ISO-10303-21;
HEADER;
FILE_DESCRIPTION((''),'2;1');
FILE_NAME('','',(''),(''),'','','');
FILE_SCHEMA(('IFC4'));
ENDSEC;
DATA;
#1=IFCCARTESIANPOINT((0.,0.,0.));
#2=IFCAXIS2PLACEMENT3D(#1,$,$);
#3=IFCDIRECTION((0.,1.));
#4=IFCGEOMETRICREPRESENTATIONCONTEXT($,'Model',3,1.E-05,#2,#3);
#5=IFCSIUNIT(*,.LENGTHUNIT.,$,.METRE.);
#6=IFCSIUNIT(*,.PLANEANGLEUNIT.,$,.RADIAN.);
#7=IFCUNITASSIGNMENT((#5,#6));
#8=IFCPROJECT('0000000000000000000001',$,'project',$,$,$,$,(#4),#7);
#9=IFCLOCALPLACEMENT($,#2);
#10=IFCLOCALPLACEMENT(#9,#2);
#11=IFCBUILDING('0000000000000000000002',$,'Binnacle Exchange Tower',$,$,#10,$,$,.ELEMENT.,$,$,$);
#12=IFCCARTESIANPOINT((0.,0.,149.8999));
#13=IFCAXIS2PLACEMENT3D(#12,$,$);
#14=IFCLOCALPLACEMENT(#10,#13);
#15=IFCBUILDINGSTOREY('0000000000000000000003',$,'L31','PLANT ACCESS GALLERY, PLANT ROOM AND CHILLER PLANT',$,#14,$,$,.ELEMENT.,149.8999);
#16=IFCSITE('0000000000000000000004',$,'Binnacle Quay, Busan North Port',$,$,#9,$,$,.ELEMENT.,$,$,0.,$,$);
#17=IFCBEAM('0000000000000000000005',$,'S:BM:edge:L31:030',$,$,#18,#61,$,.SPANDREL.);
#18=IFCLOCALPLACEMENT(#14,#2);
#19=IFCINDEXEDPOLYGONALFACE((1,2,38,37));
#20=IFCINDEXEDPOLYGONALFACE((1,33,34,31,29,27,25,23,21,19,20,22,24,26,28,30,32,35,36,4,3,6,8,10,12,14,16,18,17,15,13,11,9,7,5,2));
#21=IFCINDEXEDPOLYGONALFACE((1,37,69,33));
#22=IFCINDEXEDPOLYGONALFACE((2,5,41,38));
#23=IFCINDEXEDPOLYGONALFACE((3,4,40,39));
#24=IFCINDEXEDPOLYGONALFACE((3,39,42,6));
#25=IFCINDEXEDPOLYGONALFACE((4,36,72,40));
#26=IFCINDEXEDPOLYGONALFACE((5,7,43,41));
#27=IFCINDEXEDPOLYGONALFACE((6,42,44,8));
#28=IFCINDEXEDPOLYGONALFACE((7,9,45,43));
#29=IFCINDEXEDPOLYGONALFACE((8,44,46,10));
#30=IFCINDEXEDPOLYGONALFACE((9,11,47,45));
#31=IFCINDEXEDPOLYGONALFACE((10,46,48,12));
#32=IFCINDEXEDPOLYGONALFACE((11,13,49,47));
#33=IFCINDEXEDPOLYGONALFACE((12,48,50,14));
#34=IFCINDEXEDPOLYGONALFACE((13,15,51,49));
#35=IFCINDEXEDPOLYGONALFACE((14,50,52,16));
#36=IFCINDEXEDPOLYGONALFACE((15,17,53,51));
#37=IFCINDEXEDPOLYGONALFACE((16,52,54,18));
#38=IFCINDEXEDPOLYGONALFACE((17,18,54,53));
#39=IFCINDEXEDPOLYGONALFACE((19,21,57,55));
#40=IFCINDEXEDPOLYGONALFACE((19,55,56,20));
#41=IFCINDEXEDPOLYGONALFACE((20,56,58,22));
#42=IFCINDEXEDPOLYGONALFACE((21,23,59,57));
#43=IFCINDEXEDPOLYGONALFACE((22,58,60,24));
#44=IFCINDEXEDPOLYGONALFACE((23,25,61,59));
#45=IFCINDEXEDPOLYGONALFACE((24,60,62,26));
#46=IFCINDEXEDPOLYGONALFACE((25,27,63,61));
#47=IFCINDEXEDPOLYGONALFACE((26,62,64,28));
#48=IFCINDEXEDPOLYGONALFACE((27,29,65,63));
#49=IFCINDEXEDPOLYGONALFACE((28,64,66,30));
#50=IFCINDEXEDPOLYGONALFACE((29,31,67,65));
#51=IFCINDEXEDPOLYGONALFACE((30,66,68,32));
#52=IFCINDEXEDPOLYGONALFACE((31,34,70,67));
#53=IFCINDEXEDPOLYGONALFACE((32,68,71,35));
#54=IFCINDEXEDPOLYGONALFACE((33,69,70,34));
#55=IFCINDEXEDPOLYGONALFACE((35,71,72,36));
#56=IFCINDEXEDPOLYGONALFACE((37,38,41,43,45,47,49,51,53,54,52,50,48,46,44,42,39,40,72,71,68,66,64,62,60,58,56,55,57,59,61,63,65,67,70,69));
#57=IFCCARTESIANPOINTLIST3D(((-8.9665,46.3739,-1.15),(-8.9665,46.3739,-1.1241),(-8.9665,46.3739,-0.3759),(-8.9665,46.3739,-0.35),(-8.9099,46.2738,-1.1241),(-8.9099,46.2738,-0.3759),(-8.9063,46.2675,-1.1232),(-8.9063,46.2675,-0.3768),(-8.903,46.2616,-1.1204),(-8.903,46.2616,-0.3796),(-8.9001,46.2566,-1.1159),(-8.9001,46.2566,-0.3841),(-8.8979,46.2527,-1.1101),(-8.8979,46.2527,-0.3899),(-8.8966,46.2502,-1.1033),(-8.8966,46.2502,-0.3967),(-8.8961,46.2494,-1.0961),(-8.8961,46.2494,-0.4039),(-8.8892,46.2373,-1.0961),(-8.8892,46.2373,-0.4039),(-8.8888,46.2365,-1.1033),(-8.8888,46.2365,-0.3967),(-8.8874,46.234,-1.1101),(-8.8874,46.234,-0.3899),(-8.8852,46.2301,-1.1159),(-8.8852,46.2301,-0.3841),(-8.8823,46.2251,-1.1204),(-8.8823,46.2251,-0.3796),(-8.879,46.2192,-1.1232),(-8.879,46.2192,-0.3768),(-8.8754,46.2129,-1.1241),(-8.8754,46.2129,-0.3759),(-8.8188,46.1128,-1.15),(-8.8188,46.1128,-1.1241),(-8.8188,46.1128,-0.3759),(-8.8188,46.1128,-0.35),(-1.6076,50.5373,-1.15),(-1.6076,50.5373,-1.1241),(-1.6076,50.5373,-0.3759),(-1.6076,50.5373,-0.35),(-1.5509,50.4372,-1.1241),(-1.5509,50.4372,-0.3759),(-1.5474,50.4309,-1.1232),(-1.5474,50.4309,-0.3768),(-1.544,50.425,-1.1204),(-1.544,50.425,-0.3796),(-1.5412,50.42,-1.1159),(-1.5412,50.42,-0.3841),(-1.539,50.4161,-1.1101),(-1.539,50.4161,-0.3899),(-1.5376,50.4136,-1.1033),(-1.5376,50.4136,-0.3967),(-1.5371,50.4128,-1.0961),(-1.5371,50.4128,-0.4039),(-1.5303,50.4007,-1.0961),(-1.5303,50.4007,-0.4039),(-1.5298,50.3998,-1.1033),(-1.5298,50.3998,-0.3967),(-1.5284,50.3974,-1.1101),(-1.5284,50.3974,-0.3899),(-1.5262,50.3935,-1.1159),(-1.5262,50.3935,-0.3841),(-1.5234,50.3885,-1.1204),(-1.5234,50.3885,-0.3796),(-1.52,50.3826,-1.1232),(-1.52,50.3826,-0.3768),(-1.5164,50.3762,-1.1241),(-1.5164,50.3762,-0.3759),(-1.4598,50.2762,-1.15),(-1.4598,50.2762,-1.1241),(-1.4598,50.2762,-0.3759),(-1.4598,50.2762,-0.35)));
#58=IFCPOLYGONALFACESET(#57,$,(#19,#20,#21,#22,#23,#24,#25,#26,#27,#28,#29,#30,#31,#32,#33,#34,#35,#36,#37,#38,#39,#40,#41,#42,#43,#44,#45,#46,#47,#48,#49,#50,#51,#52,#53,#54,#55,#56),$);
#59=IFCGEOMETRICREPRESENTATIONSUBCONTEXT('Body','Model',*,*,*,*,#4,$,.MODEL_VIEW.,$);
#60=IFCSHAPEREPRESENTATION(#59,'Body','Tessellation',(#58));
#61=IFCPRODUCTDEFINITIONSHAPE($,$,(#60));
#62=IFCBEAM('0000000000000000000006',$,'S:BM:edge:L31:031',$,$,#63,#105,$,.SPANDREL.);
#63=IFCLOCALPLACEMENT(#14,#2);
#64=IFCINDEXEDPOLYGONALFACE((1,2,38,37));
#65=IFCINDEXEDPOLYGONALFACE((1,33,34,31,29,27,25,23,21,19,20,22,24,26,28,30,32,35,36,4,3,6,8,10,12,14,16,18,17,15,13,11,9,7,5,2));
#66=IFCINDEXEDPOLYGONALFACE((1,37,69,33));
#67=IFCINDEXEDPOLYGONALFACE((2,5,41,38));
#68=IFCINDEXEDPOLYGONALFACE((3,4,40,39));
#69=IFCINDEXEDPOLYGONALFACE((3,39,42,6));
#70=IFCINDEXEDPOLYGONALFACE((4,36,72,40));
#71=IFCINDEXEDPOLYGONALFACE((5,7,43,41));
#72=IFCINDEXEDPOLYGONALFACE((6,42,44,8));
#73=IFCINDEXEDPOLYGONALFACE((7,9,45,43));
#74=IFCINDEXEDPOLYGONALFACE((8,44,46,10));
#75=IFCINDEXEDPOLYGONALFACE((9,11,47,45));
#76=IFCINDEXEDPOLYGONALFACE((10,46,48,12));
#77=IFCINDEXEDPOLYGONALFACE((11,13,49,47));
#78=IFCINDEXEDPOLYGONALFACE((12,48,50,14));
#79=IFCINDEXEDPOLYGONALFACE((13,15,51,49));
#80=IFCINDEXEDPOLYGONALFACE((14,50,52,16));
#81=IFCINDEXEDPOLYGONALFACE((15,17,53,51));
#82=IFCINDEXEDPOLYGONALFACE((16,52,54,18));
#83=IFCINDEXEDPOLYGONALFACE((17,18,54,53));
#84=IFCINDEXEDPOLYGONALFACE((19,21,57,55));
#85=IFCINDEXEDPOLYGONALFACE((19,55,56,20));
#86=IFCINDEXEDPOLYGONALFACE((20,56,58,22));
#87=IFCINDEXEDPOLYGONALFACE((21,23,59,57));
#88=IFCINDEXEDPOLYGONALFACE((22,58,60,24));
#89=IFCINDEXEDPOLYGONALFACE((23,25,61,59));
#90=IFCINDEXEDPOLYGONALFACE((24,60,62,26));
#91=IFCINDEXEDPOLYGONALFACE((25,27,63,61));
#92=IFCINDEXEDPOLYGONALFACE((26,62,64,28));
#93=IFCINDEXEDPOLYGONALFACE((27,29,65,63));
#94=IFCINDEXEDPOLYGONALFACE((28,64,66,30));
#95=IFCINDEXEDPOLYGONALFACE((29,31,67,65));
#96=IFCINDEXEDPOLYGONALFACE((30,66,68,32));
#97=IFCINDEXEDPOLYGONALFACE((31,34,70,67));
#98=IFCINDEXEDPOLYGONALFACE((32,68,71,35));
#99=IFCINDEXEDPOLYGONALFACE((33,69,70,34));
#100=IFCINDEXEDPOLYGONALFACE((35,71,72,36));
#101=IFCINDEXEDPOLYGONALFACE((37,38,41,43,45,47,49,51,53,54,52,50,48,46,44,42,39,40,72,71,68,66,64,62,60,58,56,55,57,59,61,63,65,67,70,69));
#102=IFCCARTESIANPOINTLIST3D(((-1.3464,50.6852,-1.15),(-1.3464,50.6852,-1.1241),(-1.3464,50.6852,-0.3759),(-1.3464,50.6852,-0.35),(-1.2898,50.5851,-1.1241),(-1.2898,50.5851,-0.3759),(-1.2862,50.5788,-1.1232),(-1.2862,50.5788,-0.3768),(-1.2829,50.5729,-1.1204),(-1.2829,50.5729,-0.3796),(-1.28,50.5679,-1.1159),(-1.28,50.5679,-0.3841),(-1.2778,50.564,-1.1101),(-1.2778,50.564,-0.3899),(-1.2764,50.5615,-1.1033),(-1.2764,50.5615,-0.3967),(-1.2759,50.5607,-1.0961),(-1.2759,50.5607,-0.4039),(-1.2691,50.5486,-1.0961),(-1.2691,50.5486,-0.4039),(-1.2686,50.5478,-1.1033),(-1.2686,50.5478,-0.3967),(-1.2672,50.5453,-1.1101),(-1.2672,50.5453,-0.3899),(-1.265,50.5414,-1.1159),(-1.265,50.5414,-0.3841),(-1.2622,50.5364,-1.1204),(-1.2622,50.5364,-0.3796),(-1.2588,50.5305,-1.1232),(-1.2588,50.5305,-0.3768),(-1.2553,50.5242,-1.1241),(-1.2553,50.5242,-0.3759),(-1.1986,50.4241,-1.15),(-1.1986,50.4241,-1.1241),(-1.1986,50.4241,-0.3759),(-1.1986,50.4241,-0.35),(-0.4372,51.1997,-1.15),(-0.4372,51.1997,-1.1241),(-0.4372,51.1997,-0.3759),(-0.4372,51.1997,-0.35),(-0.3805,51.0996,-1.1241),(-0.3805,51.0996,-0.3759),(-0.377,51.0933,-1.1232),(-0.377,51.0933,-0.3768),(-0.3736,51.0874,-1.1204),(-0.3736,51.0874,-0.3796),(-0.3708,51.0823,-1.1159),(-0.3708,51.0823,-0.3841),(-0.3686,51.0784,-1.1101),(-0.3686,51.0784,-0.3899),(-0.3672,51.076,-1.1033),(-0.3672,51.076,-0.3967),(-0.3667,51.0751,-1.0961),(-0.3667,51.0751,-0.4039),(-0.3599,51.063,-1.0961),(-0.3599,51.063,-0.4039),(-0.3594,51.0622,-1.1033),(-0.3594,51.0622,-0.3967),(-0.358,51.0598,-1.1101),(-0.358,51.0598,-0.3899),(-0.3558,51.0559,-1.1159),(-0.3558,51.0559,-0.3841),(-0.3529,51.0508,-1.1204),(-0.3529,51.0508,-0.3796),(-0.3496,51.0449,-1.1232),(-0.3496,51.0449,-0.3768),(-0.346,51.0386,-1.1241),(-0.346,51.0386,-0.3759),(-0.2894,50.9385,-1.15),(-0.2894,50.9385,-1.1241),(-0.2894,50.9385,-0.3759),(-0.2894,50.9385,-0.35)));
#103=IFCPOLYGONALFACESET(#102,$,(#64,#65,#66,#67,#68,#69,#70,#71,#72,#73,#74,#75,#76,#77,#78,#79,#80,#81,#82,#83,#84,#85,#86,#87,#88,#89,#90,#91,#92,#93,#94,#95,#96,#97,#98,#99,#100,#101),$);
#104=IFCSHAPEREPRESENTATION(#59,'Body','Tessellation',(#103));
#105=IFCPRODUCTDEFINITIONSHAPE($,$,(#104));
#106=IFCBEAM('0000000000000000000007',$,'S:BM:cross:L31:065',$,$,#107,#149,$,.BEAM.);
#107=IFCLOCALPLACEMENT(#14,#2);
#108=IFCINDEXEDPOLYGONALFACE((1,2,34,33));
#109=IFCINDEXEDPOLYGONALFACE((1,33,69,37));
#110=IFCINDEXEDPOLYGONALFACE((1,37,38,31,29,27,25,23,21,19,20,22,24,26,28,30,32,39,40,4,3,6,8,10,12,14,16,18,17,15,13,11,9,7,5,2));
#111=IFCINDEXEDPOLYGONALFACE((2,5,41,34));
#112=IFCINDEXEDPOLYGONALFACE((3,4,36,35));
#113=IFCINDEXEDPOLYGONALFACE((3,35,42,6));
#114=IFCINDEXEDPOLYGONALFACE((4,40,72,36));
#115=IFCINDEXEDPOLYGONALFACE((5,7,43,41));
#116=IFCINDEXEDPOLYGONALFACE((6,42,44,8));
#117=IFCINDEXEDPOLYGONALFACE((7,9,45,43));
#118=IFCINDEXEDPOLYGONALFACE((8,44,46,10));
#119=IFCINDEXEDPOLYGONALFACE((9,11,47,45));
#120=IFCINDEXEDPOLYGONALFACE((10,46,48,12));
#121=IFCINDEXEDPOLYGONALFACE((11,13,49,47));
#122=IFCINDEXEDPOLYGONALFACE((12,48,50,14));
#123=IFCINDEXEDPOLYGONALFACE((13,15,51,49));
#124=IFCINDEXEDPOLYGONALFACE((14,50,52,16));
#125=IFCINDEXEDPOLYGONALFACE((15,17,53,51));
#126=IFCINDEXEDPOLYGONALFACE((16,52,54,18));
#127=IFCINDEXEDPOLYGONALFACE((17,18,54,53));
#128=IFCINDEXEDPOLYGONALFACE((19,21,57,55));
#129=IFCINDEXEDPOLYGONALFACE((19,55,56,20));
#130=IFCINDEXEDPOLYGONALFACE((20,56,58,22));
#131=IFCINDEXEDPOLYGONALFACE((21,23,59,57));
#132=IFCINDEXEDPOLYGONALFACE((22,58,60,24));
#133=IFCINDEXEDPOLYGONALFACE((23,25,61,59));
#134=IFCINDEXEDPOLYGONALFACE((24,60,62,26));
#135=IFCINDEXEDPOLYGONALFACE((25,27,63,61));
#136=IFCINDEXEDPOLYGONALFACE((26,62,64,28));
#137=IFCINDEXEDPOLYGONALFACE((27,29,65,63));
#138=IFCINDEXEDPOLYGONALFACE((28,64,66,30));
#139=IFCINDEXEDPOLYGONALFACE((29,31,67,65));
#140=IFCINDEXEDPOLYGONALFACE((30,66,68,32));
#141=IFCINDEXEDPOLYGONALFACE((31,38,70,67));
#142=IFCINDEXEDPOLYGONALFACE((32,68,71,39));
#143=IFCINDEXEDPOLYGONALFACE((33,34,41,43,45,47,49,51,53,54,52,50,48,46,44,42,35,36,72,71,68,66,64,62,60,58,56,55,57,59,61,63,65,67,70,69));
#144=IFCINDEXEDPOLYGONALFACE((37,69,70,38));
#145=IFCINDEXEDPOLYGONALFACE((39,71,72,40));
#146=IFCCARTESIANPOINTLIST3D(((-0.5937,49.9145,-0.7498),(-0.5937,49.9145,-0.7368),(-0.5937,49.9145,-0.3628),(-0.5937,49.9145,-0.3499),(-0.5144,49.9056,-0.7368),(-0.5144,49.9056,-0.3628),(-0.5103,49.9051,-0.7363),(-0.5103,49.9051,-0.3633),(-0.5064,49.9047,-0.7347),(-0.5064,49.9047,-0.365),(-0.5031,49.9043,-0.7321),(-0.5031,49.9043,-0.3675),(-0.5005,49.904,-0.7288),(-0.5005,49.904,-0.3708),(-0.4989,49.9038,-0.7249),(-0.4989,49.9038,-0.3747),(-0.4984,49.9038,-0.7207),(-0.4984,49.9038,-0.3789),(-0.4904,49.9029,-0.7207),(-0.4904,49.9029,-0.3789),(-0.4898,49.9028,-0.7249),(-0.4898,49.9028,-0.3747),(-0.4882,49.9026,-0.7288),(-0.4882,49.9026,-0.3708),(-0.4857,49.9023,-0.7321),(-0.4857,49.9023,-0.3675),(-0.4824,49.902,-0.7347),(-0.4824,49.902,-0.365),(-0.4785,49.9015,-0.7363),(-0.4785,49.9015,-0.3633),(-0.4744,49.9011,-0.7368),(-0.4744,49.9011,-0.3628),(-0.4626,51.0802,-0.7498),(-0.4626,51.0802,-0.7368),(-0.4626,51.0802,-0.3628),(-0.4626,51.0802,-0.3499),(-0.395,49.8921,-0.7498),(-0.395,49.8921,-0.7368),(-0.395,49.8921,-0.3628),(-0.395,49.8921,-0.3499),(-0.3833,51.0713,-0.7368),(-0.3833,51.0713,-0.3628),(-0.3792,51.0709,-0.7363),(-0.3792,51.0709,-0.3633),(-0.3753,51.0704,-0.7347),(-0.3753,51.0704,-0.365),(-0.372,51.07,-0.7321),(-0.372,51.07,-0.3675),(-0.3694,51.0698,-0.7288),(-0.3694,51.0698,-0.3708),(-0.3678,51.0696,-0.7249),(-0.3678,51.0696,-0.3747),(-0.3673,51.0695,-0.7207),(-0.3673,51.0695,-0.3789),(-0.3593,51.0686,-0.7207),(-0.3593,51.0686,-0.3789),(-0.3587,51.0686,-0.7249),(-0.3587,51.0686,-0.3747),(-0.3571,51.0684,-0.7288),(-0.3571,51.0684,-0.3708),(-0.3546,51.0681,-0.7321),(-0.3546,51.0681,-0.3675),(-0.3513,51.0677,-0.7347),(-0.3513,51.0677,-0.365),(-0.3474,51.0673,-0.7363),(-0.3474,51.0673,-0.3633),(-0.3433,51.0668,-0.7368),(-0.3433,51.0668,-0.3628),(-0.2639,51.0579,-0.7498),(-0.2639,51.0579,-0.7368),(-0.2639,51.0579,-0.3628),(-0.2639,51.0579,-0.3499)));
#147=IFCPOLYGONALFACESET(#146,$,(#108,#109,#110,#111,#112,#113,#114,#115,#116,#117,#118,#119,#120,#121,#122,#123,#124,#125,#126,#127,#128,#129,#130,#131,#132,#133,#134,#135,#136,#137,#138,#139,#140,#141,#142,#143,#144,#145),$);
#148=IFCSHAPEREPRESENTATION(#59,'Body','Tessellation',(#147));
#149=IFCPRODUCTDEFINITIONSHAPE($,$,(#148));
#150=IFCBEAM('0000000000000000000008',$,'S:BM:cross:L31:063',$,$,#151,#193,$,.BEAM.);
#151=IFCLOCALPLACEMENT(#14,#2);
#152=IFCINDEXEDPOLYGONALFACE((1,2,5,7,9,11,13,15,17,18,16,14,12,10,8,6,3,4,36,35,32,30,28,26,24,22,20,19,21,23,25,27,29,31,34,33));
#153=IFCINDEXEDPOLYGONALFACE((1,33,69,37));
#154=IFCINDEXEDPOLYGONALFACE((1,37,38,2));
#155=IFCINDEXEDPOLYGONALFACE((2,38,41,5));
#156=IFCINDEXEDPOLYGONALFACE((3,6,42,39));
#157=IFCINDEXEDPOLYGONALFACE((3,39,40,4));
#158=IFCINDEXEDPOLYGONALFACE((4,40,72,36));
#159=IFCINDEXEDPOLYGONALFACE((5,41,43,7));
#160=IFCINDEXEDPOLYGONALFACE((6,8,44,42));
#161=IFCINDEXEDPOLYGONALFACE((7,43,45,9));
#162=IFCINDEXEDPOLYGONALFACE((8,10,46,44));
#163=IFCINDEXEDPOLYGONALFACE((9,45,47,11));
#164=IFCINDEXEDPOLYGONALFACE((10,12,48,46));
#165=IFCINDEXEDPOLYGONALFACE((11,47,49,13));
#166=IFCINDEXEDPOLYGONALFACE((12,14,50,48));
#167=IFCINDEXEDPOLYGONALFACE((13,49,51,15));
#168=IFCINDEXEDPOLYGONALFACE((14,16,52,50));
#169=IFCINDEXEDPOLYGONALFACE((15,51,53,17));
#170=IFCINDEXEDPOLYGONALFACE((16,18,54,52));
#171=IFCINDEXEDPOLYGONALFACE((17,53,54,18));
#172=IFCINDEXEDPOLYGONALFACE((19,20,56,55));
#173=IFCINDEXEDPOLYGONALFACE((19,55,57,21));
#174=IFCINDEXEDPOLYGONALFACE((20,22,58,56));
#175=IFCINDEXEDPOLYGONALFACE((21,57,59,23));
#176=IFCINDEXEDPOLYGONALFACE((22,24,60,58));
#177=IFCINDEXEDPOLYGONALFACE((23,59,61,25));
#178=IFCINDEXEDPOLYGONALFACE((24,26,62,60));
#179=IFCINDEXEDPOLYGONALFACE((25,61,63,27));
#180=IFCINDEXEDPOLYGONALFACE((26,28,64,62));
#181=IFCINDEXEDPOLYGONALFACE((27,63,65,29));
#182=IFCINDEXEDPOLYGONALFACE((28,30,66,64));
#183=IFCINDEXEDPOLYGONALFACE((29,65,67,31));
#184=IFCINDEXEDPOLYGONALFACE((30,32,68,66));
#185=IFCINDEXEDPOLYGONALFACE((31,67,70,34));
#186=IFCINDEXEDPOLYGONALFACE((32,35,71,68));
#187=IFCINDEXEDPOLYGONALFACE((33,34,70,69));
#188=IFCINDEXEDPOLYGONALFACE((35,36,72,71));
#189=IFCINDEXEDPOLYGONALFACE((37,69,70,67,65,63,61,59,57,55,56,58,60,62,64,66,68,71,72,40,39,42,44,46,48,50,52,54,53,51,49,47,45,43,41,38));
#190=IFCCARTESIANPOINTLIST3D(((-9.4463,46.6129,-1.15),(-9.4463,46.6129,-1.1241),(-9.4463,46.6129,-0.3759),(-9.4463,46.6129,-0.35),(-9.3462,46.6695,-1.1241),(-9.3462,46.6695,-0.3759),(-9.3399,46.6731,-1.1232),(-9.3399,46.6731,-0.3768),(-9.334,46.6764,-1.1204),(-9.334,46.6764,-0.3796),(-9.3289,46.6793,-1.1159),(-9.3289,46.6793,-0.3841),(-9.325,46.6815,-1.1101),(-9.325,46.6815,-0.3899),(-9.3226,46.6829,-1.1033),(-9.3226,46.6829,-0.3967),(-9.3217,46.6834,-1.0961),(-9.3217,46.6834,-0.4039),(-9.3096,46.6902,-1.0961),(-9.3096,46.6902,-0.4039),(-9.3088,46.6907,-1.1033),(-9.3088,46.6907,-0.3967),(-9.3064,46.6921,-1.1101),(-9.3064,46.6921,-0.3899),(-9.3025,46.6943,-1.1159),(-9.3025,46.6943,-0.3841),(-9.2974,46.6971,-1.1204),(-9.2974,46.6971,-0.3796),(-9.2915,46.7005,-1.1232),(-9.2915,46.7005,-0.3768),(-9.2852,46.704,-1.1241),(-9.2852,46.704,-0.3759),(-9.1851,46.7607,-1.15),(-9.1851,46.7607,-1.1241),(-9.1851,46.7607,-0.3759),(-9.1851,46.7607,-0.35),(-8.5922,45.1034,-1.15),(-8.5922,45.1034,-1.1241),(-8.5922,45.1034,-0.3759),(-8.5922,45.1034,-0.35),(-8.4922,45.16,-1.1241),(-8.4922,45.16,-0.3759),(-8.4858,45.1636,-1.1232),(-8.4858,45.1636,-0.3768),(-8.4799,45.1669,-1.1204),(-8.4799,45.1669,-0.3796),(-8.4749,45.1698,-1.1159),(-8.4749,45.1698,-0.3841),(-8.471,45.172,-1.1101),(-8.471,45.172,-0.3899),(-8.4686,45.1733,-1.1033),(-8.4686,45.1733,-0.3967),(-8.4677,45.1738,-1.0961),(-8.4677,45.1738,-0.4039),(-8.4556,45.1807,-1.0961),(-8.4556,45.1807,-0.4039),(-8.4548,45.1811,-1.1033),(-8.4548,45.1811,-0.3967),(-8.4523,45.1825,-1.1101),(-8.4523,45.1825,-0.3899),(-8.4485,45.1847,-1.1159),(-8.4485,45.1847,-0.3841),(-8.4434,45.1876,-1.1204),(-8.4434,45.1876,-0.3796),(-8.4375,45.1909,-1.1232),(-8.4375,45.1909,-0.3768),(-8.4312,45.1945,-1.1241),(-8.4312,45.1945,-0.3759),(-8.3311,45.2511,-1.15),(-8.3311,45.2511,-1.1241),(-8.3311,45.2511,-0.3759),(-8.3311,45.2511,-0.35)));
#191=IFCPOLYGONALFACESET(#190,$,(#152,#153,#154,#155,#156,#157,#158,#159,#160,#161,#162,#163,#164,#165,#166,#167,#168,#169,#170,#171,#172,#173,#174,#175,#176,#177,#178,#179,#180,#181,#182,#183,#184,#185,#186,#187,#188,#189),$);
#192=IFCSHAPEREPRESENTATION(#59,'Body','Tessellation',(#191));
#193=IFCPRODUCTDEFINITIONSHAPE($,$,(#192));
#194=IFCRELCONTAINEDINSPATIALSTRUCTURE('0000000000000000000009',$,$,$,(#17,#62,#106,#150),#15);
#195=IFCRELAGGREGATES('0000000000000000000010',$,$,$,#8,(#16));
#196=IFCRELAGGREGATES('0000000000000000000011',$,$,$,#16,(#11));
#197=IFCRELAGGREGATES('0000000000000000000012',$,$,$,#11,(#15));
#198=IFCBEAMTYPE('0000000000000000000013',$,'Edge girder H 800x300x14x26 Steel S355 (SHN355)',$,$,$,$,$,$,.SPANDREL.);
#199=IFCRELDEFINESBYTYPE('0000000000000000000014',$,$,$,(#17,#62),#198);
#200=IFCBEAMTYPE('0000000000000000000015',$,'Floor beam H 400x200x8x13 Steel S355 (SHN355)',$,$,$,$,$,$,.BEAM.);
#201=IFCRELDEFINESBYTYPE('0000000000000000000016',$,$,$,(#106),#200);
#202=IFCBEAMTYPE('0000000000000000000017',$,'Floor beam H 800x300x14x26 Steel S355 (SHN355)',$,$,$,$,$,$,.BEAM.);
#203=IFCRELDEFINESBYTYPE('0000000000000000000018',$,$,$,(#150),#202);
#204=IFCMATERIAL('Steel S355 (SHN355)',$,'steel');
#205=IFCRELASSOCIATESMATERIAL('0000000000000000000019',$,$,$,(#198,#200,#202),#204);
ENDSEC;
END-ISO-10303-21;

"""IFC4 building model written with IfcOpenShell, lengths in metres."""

from ifc_helpers import new_model, si_unit, direction, frame, origin, origin_2d, place, context, subcontext, project, spatial, i_section, extrude, material, material_profile, profile_set, type_object, element, save


model = new_model("IFC4")

# Units and contexts
model_context = context("Model", 3, precision=1e-05, world=origin(), true_north=direction((0.0, 1.0)))
body_context = subcontext(model_context, "Body", "Model", "MODEL_VIEW")
ifc_project = project(units=[si_unit("LENGTHUNIT", "METRE"), si_unit("PLANEANGLEUNIT", "RADIAN")], contexts=[model_context])

# Site, building, storey
site_placement = place(None, origin())
site = spatial("IfcSite", under=ifc_project, at=site_placement, Name="Binnacle Quay, Busan North Port", CompositionType="ELEMENT", RefElevation=0.0)
building_placement = place(site_placement, origin())
building = spatial("IfcBuilding", under=site, at=building_placement, Name="Binnacle Exchange Tower", CompositionType="ELEMENT")
storey_placement = place(building_placement, frame((0.0, 0.0, 149.8999)))
storey = spatial("IfcBuildingStorey", under=building, at=storey_placement, Name="L31", Description="PLANT ACCESS GALLERY, PLANT ROOM AND CHILLER PLANT", CompositionType="ELEMENT", Elevation=149.8999)

# Shared definitions
ifc_material_1 = material(Name="Steel S355 (SHN355)", Category="steel")

# Beams
ifc_material_profile_1 = material_profile(ifc_material_1, i_section(OverallWidth=0.3, OverallDepth=0.8, WebThickness=0.0139, FlangeThickness=0.0259, FilletRadius=0.0281, at=origin_2d()), Name="H 800x300x14x26")
ifc_profile_set_1 = profile_set([ifc_material_profile_1], Name="Steel S355 (SHN355)")
beam_type_1 = type_object("IfcBeamType", Name="Edge girder H 800x300x14x26 Steel S355 (SHN355)", PredefinedType="SPANDREL", material=ifc_profile_set_1)
beam_1_placement = place(storey_placement, frame((-1.5337, 50.4067, -0.75), z_axis=(-0.870362, -0.492412, 0.0), x_axis=(0.492412, -0.870362, 0.0)))
element("IfcBeam", 1, at=beam_1_placement, inside=storey, type_object=beam_type_1, Name="S:BM:edge:L31:030", PredefinedType="SPANDREL", context=body_context, shape_type="SweptSolid", body=[
    extrude(i_section(OverallWidth=0.3, OverallDepth=0.8, WebThickness=0.0139, FlangeThickness=0.0259, FilletRadius=0.0281, at=origin_2d()), origin(), (0.0, 0.0, 1.0), 8.4551),
])
beam_2_placement = place(storey_placement, frame((-0.3633, 51.0691, -0.75), z_axis=(-0.870349, -0.492435, 0.0), x_axis=(0.492435, -0.870349, 0.0)))
element("IfcBeam", 2, at=beam_2_placement, inside=storey, type_object=beam_type_1, Name="S:BM:edge:L31:031", PredefinedType="SPANDREL", context=body_context, shape_type="SweptSolid", body=[
    extrude(i_section(OverallWidth=0.3, OverallDepth=0.8, WebThickness=0.0139, FlangeThickness=0.0259, FilletRadius=0.0281, at=origin_2d()), origin(), (0.0, 0.0, 1.0), 1.0447),
])
ifc_material_profile_2 = material_profile(ifc_material_1, i_section(OverallWidth=0.2, OverallDepth=0.3999, WebThickness=0.0081, FlangeThickness=0.0129, FilletRadius=0.0161, at=origin_2d()), Name="H 400x200x8x13")
ifc_profile_set_2 = profile_set([ifc_material_profile_2], Name="Steel S355 (SHN355)")
beam_type_2 = type_object("IfcBeamType", Name="Floor beam H 400x200x8x13 Steel S355 (SHN355)", PredefinedType="BEAM", material=ifc_profile_set_2)
beam_3_placement = place(storey_placement, frame((-0.4944, 49.9033, -0.5498), z_axis=(0.111756, 0.993736, 0.0), x_axis=(-0.993736, 0.111756, 0.0)))
element("IfcBeam", 3, at=beam_3_placement, inside=storey, type_object=beam_type_2, Name="S:BM:cross:L31:065", PredefinedType="BEAM", context=body_context, shape_type="SweptSolid", body=[
    extrude(i_section(OverallWidth=0.2, OverallDepth=0.3999, WebThickness=0.0081, FlangeThickness=0.0129, FilletRadius=0.0161, at=origin_2d()), origin(), (0.0, 0.0, 1.0), 1.1731),
])
ifc_material_profile_3 = material_profile(ifc_material_1, i_section(OverallWidth=0.3, OverallDepth=0.8, WebThickness=0.0139, FlangeThickness=0.0259, FilletRadius=0.0281, at=origin_2d()), Name="H 800x300x14x26")
ifc_profile_set_3 = profile_set([ifc_material_profile_3], Name="Steel S355 (SHN355)")
beam_type_3 = type_object("IfcBeamType", Name="Floor beam H 800x300x14x26 Steel S355 (SHN355)", PredefinedType="BEAM", material=ifc_profile_set_3)
beam_4_placement = place(storey_placement, frame((-8.4617, 45.1772, -0.75), z_axis=(-0.492405, 0.870366, 0.0), x_axis=(-0.870366, -0.492405, 0.0)))
element("IfcBeam", 4, at=beam_4_placement, inside=storey, type_object=beam_type_3, Name="S:BM:cross:L31:063", PredefinedType="BEAM", context=body_context, shape_type="SweptSolid", body=[
    extrude(i_section(OverallWidth=0.3, OverallDepth=0.8, WebThickness=0.0139, FlangeThickness=0.0259, FilletRadius=0.0281, at=origin_2d()), origin(), (0.0, 0.0, 1.0), 1.7344),
])

save(model, "model.ifc")
